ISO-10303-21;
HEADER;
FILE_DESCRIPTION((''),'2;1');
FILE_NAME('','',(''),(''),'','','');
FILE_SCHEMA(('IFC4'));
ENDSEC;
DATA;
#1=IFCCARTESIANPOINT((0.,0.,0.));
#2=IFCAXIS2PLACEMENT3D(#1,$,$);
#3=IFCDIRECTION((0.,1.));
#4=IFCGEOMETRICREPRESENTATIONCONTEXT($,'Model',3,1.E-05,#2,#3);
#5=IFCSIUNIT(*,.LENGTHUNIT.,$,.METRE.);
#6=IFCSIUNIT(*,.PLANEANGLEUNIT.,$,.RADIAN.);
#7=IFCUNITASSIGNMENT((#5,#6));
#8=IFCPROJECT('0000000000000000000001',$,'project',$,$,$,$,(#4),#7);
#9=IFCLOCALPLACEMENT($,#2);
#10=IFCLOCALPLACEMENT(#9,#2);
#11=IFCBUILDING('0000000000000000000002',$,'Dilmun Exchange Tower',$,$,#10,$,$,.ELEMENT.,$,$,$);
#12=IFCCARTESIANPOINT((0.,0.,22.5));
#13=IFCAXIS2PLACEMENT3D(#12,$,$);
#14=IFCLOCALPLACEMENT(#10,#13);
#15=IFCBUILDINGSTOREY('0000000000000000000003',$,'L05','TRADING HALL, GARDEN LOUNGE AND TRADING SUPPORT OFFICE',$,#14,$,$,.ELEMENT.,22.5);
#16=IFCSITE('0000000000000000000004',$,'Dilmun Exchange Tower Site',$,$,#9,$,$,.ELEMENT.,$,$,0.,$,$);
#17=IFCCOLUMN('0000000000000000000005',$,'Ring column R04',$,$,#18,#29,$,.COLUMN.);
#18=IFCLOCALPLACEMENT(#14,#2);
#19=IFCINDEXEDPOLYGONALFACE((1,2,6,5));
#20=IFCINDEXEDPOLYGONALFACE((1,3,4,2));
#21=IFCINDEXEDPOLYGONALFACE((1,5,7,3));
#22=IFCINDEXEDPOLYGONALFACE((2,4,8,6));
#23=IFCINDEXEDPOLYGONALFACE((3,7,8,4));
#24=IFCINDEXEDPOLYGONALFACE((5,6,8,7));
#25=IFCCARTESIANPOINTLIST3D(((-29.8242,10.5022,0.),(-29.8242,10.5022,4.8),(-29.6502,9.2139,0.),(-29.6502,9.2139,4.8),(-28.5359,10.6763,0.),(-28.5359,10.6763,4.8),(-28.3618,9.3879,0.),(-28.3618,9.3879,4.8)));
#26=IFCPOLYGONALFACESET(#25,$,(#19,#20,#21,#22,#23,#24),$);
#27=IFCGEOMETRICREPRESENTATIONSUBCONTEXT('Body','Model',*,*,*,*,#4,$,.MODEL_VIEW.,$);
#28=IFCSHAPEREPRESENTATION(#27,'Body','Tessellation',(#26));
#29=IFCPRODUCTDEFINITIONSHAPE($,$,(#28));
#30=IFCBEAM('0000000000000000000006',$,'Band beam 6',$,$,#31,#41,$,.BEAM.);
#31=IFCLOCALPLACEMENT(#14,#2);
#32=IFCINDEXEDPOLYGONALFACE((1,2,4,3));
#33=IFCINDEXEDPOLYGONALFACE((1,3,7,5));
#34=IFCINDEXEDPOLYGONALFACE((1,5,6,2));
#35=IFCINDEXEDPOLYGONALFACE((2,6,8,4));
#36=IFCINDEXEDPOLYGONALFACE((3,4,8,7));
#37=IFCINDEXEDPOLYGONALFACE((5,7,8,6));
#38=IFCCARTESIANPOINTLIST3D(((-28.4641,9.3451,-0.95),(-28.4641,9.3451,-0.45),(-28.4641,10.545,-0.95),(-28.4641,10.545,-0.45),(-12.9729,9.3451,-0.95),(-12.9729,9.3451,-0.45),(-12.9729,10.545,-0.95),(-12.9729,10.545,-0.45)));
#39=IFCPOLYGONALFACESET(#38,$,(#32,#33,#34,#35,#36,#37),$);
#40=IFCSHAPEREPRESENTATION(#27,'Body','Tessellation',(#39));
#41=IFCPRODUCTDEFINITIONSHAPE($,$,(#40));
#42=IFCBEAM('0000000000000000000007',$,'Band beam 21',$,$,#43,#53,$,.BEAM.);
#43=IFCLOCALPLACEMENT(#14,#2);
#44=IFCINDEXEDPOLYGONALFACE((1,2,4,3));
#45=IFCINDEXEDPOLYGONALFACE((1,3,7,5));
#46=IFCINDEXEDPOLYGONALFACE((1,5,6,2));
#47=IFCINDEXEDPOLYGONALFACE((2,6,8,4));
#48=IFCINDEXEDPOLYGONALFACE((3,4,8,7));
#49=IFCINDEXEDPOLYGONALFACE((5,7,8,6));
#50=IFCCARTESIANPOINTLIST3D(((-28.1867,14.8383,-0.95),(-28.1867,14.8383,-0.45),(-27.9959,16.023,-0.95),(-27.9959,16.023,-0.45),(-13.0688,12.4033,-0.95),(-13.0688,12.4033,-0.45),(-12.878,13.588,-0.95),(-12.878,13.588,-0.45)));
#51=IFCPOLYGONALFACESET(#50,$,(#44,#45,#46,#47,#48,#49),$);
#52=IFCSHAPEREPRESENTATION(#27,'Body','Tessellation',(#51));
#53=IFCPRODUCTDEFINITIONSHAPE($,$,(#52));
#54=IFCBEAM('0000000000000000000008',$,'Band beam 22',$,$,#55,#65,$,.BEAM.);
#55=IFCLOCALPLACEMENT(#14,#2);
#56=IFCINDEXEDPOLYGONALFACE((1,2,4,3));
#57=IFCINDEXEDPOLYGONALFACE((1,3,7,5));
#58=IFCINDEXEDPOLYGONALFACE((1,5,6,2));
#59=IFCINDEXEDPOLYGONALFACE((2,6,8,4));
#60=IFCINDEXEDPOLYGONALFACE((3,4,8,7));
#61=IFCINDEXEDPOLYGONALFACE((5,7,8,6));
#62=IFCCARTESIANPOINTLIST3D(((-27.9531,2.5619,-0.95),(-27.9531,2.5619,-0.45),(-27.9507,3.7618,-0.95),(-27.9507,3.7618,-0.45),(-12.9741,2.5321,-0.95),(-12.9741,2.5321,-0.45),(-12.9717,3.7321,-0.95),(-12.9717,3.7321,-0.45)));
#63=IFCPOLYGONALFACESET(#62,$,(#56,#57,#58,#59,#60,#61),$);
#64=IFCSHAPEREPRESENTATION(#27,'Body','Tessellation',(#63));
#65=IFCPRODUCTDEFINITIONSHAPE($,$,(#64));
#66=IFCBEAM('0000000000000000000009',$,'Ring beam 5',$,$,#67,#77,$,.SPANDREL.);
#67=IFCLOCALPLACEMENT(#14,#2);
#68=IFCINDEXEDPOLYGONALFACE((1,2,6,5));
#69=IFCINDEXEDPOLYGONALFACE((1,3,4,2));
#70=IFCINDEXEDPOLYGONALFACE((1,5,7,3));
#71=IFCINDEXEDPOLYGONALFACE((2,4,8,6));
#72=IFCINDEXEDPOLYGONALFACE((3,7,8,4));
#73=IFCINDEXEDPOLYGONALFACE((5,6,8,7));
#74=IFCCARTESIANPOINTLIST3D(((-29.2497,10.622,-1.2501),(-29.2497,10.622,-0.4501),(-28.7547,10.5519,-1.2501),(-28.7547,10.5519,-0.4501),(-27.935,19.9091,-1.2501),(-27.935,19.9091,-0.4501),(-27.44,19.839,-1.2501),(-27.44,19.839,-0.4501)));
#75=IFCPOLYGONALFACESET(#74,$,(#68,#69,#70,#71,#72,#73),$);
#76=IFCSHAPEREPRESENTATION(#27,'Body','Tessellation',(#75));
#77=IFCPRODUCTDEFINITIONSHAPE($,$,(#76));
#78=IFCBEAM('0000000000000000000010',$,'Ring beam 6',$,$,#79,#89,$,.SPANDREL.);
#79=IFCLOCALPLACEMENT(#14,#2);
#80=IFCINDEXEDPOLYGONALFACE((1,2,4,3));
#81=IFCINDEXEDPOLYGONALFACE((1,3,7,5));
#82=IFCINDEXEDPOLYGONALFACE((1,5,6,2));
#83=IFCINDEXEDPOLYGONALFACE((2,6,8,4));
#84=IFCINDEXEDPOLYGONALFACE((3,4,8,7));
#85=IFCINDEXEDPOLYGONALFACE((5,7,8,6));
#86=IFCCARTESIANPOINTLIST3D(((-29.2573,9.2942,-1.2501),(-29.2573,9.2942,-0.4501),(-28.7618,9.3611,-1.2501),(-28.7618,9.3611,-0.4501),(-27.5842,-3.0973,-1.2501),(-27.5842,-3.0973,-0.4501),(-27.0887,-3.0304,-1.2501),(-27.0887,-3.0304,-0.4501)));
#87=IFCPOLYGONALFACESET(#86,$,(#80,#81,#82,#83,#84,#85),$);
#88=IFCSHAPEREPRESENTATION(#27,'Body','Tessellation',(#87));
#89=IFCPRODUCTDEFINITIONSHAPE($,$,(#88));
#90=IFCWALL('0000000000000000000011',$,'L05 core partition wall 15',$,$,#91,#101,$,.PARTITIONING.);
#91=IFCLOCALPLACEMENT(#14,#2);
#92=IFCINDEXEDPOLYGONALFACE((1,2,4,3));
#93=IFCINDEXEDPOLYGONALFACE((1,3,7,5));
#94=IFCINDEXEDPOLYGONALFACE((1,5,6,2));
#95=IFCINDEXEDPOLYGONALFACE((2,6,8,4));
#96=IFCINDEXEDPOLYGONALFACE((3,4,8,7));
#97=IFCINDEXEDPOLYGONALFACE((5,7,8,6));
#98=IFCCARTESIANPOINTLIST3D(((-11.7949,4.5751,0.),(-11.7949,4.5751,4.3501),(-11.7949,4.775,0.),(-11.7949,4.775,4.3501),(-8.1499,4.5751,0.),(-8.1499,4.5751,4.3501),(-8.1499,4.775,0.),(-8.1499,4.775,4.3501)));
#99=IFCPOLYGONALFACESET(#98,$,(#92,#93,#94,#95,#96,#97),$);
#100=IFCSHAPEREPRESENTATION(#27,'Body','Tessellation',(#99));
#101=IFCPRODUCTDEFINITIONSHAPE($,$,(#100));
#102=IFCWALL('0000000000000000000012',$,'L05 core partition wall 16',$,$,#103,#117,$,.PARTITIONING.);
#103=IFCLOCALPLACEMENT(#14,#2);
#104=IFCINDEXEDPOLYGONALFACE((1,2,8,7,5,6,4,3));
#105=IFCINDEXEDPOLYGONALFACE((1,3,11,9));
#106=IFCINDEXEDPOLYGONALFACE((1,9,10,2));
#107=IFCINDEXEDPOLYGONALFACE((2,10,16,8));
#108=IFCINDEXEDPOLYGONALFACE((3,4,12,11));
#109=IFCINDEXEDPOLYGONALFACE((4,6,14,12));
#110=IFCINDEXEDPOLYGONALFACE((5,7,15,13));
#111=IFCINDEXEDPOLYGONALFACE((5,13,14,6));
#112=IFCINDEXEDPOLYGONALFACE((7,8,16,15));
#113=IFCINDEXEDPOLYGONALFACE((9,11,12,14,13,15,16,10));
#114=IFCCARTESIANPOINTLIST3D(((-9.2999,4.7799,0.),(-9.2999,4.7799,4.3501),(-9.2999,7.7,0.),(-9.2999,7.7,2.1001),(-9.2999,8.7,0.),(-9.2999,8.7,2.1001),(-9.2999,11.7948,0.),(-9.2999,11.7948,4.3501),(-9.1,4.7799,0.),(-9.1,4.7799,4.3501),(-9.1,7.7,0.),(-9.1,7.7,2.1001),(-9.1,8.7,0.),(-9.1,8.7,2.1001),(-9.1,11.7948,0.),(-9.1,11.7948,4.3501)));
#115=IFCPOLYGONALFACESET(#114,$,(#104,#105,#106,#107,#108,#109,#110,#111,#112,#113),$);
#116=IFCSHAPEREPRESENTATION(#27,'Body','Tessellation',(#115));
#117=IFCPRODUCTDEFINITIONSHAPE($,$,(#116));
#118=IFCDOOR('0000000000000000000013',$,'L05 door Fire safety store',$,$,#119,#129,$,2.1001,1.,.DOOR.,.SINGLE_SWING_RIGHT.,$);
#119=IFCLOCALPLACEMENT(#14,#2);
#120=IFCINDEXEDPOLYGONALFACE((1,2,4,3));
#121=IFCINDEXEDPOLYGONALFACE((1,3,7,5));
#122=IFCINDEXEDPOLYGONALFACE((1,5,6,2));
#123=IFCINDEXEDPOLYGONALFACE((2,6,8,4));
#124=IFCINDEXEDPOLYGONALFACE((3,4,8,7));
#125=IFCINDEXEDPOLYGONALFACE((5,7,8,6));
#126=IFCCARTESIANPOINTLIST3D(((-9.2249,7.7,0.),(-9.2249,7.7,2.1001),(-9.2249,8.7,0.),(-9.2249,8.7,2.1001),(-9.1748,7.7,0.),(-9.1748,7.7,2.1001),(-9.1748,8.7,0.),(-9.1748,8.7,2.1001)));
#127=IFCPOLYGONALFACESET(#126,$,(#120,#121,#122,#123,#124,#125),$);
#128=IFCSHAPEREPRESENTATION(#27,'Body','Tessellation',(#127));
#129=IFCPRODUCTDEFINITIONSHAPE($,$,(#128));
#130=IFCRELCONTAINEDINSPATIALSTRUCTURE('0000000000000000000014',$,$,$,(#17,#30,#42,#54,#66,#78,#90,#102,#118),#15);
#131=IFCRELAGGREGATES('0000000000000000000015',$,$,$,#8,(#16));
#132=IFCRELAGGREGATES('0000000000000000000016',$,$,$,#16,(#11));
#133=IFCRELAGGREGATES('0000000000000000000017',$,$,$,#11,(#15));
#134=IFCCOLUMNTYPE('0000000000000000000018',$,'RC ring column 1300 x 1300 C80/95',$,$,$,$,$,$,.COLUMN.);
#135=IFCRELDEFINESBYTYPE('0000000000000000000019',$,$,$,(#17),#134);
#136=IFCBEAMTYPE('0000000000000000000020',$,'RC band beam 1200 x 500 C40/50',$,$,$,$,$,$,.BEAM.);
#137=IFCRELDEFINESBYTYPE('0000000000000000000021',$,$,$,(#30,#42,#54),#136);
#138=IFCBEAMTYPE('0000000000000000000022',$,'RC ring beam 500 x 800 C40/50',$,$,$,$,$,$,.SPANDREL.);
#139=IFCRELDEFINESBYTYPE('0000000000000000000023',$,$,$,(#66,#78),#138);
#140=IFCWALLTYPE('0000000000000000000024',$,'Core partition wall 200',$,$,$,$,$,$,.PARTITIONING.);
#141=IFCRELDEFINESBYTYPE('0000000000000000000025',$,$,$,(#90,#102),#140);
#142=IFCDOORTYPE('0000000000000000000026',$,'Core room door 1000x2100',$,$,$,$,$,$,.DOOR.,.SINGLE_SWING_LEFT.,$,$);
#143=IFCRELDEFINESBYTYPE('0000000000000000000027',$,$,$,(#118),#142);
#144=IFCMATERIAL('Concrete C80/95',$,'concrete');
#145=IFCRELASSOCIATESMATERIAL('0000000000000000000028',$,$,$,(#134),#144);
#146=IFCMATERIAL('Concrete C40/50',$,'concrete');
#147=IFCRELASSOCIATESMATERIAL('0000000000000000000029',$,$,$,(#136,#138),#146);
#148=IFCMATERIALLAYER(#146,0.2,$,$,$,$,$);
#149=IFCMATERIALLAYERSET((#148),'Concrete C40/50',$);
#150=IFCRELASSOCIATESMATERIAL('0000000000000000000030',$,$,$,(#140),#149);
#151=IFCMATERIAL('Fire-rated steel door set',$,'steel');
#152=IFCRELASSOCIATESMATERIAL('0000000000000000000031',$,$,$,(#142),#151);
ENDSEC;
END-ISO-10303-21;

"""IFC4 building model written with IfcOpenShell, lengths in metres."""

from ifc_helpers import new_model, si_unit, direction, frame, frame_2d, origin, origin_2d, place, context, subcontext, project, spatial, rectangle, extrude, material, layer, layer_set, material_profile, profile_set, type_object, element, fill, save


model = new_model("IFC4")

# Units and contexts
model_context = context("Model", 3, precision=1e-05, world=origin(), true_north=direction((0.0, 1.0)))
body_context = subcontext(model_context, "Body", "Model", "MODEL_VIEW")
ifc_project = project(units=[si_unit("LENGTHUNIT", "METRE"), si_unit("PLANEANGLEUNIT", "RADIAN")], contexts=[model_context])

# Site, building, storey
site_placement = place(None, origin())
site = spatial("IfcSite", under=ifc_project, at=site_placement, Name="Dilmun Exchange Tower Site", CompositionType="ELEMENT", RefElevation=0.0)
building_placement = place(site_placement, origin())
building = spatial("IfcBuilding", under=site, at=building_placement, Name="Dilmun Exchange Tower", CompositionType="ELEMENT")
storey_placement = place(building_placement, frame((0.0, 0.0, 22.5)))
storey = spatial("IfcBuildingStorey", under=building, at=storey_placement, Name="L05", Description="TRADING HALL, GARDEN LOUNGE AND TRADING SUPPORT OFFICE", CompositionType="ELEMENT", Elevation=22.5)

# Column
ifc_material_1 = material(Name="Concrete C80/95", Category="concrete")
ifc_material_profile_1 = material_profile(ifc_material_1, rectangle(XDim=1.3, YDim=1.3, at=origin_2d()), Name="1300 x 1300")
ifc_profile_set_1 = profile_set([ifc_material_profile_1], Name="Concrete C80/95")
column_type = type_object("IfcColumnType", Name="RC ring column 1300 x 1300 C80/95", PredefinedType="COLUMN", material=ifc_profile_set_1)
column_placement = place(storey_placement, frame((-29.093, 9.9451, 0.0), z_axis=(0.0, 0.0, 1.0), x_axis=(0.991001, 0.133853, 0.0)))
element("IfcColumn", 1, at=column_placement, inside=storey, type_object=column_type, Name="Ring column R04", PredefinedType="COLUMN", context=body_context, shape_type="SweptSolid", body=[
    extrude(rectangle(XDim=1.3, YDim=1.3, at=origin_2d()), origin(), (0.0, 0.0, 1.0), 4.8),
])

# Beams
ifc_material_2 = material(Name="Concrete C40/50", Category="concrete")
ifc_material_profile_2 = material_profile(ifc_material_2, rectangle(XDim=1.2, YDim=0.5, at=origin_2d()), Name="1200 x 500")
ifc_profile_set_2 = profile_set([ifc_material_profile_2], Name="Concrete C40/50")
beam_type_1 = type_object("IfcBeamType", Name="RC band beam 1200 x 500 C40/50", PredefinedType="BEAM", material=ifc_profile_set_2)
beam_1_placement = place(storey_placement, frame((-28.4641, 9.9451, -0.7), z_axis=(1.0, 0.0, 0.0), x_axis=(0.0, 1.0, 0.0)))
element("IfcBeam", 2, at=beam_1_placement, inside=storey, type_object=beam_type_1, Name="Band beam 6", PredefinedType="BEAM", context=body_context, shape_type="SweptSolid", body=[
    extrude(rectangle(XDim=1.2, YDim=0.5, at=origin_2d()), origin(), (0.0, 0.0, 1.0), 15.4912),
])
beam_2_placement = place(storey_placement, frame((-28.0913, 15.4307, -0.7), z_axis=(0.987275, -0.159021, 0.0), x_axis=(0.159021, 0.987275, 0.0)))
element("IfcBeam", 3, at=beam_2_placement, inside=storey, type_object=beam_type_1, Name="Band beam 21", PredefinedType="BEAM", context=body_context, shape_type="SweptSolid", body=[
    extrude(rectangle(XDim=1.2, YDim=0.5, at=origin_2d()), origin(), (0.0, 0.0, 1.0), 15.3127),
])
beam_3_placement = place(storey_placement, frame((-27.9519, 3.1619, -0.7), z_axis=(0.999998, -0.001988, 0.0), x_axis=(0.001988, 0.999998, 0.0)))
element("IfcBeam", 4, at=beam_3_placement, inside=storey, type_object=beam_type_1, Name="Band beam 22", PredefinedType="BEAM", context=body_context, shape_type="SweptSolid", body=[
    extrude(rectangle(XDim=1.2, YDim=0.5, at=origin_2d()), origin(), (0.0, 0.0, 1.0), 14.979),
])
ifc_material_profile_3 = material_profile(ifc_material_2, rectangle(XDim=0.5, YDim=0.8, at=origin_2d()), Name="500 x 800")
ifc_profile_set_3 = profile_set([ifc_material_profile_3], Name="Concrete C40/50")
beam_type_2 = type_object("IfcBeamType", Name="RC ring beam 500 x 800 C40/50", PredefinedType="SPANDREL", material=ifc_profile_set_3)
beam_4_placement = place(storey_placement, frame((-27.6875, 19.874, -0.8501), z_axis=(-0.140164, -0.990128, 0.0), x_axis=(0.990128, -0.140164, 0.0)))
element("IfcBeam", 5, at=beam_4_placement, inside=storey, type_object=beam_type_2, Name="Ring beam 5", PredefinedType="SPANDREL", context=body_context, shape_type="SweptSolid", body=[
    extrude(rectangle(XDim=0.5, YDim=0.8, at=origin_2d()), origin(), (0.0, 0.0, 1.0), 9.3796),
])
beam_5_placement = place(storey_placement, frame((-29.0095, 9.3276, -0.8501), z_axis=(0.133807, -0.991007, 0.0), x_axis=(0.991007, 0.133807, 0.0)))
element("IfcBeam", 6, at=beam_5_placement, inside=storey, type_object=beam_type_2, Name="Ring beam 6", PredefinedType="SPANDREL", context=body_context, shape_type="SweptSolid", body=[
    extrude(rectangle(XDim=0.5, YDim=0.8, at=origin_2d()), origin(), (0.0, 0.0, 1.0), 12.5039),
])

# Wall
ifc_layer_1 = layer(ifc_material_2, 0.2)
ifc_layer_set_1 = layer_set([ifc_layer_1], Name="Concrete C40/50")
wall_type_1 = type_object("IfcWallType", Name="Core partition wall 200", PredefinedType="PARTITIONING", material=ifc_layer_set_1)
wall_1_placement = place(storey_placement, frame((-11.7949, 4.675, 0.0), z_axis=(0.0, 0.0, 1.0), x_axis=(1.0, 0.0, 0.0)))
element("IfcWall", 7, at=wall_1_placement, inside=storey, type_object=wall_type_1, Name="L05 core partition wall 15", PredefinedType="PARTITIONING", context=body_context, shape_type="SweptSolid", body=[
    extrude(rectangle(XDim=3.645, YDim=0.2, at=frame_2d((1.8225, 0.0))), origin(), (0.0, 0.0, 1.0), 4.3501),
])

# Wall, opening, door
wall_2_placement = place(storey_placement, frame((-9.2, 4.78, 0.0), z_axis=(0.0, 0.0, 1.0), x_axis=(0.0, 1.0, 0.0)))
wall_2 = element("IfcWall", 8, at=wall_2_placement, inside=storey, type_object=wall_type_1, Name="L05 core partition wall 16", PredefinedType="PARTITIONING", context=body_context, shape_type="SweptSolid", body=[
    extrude(rectangle(XDim=7.0149, YDim=0.2, at=frame_2d((3.5073, 0.0))), origin(), (0.0, 0.0, 1.0), 4.3501),
])
opening_1_placement = place(wall_2_placement, frame((2.9199, 0.0, 0.0)))
opening_1 = element("IfcOpeningElement", 9, at=opening_1_placement, cuts=wall_2, PredefinedType="OPENING", context=body_context, shape_type="SweptSolid", body=[
    extrude(rectangle(XDim=1.0, YDim=2.1001, at=frame_2d((0.5, 1.05))), frame((0.0, 0.1099, 0.0), z_axis=(0.0, -1.0, 0.0), x_axis=(1.0, 0.0, 0.0)), (0.0, 0.0, 1.0), 0.22),
])
ifc_material_3 = material(Name="Fire-rated steel door set", Category="steel")
door_type_1 = type_object("IfcDoorType", Name="Core room door 1000x2100", OperationType="SINGLE_SWING_LEFT", PredefinedType="DOOR", material=ifc_material_3)
door_1_placement = place(opening_1_placement, origin())
door_1 = element("IfcDoor", 10, at=door_1_placement, inside=storey, type_object=door_type_1, Name="L05 door Fire safety store", OperationType="SINGLE_SWING_RIGHT", OverallHeight=2.1001, OverallWidth=1.0, PredefinedType="DOOR", context=body_context, shape_type="SweptSolid", body=[
    extrude(rectangle(XDim=1.0, YDim=2.1001, at=frame_2d((0.5, 1.05))), frame((0.0, 0.0249, 0.0), z_axis=(0.0, -1.0, 0.0), x_axis=(1.0, 0.0, 0.0)), (0.0, 0.0, 1.0), 0.05),
])
fill(opening_1, door_1)

save(model, "model.ifc")
